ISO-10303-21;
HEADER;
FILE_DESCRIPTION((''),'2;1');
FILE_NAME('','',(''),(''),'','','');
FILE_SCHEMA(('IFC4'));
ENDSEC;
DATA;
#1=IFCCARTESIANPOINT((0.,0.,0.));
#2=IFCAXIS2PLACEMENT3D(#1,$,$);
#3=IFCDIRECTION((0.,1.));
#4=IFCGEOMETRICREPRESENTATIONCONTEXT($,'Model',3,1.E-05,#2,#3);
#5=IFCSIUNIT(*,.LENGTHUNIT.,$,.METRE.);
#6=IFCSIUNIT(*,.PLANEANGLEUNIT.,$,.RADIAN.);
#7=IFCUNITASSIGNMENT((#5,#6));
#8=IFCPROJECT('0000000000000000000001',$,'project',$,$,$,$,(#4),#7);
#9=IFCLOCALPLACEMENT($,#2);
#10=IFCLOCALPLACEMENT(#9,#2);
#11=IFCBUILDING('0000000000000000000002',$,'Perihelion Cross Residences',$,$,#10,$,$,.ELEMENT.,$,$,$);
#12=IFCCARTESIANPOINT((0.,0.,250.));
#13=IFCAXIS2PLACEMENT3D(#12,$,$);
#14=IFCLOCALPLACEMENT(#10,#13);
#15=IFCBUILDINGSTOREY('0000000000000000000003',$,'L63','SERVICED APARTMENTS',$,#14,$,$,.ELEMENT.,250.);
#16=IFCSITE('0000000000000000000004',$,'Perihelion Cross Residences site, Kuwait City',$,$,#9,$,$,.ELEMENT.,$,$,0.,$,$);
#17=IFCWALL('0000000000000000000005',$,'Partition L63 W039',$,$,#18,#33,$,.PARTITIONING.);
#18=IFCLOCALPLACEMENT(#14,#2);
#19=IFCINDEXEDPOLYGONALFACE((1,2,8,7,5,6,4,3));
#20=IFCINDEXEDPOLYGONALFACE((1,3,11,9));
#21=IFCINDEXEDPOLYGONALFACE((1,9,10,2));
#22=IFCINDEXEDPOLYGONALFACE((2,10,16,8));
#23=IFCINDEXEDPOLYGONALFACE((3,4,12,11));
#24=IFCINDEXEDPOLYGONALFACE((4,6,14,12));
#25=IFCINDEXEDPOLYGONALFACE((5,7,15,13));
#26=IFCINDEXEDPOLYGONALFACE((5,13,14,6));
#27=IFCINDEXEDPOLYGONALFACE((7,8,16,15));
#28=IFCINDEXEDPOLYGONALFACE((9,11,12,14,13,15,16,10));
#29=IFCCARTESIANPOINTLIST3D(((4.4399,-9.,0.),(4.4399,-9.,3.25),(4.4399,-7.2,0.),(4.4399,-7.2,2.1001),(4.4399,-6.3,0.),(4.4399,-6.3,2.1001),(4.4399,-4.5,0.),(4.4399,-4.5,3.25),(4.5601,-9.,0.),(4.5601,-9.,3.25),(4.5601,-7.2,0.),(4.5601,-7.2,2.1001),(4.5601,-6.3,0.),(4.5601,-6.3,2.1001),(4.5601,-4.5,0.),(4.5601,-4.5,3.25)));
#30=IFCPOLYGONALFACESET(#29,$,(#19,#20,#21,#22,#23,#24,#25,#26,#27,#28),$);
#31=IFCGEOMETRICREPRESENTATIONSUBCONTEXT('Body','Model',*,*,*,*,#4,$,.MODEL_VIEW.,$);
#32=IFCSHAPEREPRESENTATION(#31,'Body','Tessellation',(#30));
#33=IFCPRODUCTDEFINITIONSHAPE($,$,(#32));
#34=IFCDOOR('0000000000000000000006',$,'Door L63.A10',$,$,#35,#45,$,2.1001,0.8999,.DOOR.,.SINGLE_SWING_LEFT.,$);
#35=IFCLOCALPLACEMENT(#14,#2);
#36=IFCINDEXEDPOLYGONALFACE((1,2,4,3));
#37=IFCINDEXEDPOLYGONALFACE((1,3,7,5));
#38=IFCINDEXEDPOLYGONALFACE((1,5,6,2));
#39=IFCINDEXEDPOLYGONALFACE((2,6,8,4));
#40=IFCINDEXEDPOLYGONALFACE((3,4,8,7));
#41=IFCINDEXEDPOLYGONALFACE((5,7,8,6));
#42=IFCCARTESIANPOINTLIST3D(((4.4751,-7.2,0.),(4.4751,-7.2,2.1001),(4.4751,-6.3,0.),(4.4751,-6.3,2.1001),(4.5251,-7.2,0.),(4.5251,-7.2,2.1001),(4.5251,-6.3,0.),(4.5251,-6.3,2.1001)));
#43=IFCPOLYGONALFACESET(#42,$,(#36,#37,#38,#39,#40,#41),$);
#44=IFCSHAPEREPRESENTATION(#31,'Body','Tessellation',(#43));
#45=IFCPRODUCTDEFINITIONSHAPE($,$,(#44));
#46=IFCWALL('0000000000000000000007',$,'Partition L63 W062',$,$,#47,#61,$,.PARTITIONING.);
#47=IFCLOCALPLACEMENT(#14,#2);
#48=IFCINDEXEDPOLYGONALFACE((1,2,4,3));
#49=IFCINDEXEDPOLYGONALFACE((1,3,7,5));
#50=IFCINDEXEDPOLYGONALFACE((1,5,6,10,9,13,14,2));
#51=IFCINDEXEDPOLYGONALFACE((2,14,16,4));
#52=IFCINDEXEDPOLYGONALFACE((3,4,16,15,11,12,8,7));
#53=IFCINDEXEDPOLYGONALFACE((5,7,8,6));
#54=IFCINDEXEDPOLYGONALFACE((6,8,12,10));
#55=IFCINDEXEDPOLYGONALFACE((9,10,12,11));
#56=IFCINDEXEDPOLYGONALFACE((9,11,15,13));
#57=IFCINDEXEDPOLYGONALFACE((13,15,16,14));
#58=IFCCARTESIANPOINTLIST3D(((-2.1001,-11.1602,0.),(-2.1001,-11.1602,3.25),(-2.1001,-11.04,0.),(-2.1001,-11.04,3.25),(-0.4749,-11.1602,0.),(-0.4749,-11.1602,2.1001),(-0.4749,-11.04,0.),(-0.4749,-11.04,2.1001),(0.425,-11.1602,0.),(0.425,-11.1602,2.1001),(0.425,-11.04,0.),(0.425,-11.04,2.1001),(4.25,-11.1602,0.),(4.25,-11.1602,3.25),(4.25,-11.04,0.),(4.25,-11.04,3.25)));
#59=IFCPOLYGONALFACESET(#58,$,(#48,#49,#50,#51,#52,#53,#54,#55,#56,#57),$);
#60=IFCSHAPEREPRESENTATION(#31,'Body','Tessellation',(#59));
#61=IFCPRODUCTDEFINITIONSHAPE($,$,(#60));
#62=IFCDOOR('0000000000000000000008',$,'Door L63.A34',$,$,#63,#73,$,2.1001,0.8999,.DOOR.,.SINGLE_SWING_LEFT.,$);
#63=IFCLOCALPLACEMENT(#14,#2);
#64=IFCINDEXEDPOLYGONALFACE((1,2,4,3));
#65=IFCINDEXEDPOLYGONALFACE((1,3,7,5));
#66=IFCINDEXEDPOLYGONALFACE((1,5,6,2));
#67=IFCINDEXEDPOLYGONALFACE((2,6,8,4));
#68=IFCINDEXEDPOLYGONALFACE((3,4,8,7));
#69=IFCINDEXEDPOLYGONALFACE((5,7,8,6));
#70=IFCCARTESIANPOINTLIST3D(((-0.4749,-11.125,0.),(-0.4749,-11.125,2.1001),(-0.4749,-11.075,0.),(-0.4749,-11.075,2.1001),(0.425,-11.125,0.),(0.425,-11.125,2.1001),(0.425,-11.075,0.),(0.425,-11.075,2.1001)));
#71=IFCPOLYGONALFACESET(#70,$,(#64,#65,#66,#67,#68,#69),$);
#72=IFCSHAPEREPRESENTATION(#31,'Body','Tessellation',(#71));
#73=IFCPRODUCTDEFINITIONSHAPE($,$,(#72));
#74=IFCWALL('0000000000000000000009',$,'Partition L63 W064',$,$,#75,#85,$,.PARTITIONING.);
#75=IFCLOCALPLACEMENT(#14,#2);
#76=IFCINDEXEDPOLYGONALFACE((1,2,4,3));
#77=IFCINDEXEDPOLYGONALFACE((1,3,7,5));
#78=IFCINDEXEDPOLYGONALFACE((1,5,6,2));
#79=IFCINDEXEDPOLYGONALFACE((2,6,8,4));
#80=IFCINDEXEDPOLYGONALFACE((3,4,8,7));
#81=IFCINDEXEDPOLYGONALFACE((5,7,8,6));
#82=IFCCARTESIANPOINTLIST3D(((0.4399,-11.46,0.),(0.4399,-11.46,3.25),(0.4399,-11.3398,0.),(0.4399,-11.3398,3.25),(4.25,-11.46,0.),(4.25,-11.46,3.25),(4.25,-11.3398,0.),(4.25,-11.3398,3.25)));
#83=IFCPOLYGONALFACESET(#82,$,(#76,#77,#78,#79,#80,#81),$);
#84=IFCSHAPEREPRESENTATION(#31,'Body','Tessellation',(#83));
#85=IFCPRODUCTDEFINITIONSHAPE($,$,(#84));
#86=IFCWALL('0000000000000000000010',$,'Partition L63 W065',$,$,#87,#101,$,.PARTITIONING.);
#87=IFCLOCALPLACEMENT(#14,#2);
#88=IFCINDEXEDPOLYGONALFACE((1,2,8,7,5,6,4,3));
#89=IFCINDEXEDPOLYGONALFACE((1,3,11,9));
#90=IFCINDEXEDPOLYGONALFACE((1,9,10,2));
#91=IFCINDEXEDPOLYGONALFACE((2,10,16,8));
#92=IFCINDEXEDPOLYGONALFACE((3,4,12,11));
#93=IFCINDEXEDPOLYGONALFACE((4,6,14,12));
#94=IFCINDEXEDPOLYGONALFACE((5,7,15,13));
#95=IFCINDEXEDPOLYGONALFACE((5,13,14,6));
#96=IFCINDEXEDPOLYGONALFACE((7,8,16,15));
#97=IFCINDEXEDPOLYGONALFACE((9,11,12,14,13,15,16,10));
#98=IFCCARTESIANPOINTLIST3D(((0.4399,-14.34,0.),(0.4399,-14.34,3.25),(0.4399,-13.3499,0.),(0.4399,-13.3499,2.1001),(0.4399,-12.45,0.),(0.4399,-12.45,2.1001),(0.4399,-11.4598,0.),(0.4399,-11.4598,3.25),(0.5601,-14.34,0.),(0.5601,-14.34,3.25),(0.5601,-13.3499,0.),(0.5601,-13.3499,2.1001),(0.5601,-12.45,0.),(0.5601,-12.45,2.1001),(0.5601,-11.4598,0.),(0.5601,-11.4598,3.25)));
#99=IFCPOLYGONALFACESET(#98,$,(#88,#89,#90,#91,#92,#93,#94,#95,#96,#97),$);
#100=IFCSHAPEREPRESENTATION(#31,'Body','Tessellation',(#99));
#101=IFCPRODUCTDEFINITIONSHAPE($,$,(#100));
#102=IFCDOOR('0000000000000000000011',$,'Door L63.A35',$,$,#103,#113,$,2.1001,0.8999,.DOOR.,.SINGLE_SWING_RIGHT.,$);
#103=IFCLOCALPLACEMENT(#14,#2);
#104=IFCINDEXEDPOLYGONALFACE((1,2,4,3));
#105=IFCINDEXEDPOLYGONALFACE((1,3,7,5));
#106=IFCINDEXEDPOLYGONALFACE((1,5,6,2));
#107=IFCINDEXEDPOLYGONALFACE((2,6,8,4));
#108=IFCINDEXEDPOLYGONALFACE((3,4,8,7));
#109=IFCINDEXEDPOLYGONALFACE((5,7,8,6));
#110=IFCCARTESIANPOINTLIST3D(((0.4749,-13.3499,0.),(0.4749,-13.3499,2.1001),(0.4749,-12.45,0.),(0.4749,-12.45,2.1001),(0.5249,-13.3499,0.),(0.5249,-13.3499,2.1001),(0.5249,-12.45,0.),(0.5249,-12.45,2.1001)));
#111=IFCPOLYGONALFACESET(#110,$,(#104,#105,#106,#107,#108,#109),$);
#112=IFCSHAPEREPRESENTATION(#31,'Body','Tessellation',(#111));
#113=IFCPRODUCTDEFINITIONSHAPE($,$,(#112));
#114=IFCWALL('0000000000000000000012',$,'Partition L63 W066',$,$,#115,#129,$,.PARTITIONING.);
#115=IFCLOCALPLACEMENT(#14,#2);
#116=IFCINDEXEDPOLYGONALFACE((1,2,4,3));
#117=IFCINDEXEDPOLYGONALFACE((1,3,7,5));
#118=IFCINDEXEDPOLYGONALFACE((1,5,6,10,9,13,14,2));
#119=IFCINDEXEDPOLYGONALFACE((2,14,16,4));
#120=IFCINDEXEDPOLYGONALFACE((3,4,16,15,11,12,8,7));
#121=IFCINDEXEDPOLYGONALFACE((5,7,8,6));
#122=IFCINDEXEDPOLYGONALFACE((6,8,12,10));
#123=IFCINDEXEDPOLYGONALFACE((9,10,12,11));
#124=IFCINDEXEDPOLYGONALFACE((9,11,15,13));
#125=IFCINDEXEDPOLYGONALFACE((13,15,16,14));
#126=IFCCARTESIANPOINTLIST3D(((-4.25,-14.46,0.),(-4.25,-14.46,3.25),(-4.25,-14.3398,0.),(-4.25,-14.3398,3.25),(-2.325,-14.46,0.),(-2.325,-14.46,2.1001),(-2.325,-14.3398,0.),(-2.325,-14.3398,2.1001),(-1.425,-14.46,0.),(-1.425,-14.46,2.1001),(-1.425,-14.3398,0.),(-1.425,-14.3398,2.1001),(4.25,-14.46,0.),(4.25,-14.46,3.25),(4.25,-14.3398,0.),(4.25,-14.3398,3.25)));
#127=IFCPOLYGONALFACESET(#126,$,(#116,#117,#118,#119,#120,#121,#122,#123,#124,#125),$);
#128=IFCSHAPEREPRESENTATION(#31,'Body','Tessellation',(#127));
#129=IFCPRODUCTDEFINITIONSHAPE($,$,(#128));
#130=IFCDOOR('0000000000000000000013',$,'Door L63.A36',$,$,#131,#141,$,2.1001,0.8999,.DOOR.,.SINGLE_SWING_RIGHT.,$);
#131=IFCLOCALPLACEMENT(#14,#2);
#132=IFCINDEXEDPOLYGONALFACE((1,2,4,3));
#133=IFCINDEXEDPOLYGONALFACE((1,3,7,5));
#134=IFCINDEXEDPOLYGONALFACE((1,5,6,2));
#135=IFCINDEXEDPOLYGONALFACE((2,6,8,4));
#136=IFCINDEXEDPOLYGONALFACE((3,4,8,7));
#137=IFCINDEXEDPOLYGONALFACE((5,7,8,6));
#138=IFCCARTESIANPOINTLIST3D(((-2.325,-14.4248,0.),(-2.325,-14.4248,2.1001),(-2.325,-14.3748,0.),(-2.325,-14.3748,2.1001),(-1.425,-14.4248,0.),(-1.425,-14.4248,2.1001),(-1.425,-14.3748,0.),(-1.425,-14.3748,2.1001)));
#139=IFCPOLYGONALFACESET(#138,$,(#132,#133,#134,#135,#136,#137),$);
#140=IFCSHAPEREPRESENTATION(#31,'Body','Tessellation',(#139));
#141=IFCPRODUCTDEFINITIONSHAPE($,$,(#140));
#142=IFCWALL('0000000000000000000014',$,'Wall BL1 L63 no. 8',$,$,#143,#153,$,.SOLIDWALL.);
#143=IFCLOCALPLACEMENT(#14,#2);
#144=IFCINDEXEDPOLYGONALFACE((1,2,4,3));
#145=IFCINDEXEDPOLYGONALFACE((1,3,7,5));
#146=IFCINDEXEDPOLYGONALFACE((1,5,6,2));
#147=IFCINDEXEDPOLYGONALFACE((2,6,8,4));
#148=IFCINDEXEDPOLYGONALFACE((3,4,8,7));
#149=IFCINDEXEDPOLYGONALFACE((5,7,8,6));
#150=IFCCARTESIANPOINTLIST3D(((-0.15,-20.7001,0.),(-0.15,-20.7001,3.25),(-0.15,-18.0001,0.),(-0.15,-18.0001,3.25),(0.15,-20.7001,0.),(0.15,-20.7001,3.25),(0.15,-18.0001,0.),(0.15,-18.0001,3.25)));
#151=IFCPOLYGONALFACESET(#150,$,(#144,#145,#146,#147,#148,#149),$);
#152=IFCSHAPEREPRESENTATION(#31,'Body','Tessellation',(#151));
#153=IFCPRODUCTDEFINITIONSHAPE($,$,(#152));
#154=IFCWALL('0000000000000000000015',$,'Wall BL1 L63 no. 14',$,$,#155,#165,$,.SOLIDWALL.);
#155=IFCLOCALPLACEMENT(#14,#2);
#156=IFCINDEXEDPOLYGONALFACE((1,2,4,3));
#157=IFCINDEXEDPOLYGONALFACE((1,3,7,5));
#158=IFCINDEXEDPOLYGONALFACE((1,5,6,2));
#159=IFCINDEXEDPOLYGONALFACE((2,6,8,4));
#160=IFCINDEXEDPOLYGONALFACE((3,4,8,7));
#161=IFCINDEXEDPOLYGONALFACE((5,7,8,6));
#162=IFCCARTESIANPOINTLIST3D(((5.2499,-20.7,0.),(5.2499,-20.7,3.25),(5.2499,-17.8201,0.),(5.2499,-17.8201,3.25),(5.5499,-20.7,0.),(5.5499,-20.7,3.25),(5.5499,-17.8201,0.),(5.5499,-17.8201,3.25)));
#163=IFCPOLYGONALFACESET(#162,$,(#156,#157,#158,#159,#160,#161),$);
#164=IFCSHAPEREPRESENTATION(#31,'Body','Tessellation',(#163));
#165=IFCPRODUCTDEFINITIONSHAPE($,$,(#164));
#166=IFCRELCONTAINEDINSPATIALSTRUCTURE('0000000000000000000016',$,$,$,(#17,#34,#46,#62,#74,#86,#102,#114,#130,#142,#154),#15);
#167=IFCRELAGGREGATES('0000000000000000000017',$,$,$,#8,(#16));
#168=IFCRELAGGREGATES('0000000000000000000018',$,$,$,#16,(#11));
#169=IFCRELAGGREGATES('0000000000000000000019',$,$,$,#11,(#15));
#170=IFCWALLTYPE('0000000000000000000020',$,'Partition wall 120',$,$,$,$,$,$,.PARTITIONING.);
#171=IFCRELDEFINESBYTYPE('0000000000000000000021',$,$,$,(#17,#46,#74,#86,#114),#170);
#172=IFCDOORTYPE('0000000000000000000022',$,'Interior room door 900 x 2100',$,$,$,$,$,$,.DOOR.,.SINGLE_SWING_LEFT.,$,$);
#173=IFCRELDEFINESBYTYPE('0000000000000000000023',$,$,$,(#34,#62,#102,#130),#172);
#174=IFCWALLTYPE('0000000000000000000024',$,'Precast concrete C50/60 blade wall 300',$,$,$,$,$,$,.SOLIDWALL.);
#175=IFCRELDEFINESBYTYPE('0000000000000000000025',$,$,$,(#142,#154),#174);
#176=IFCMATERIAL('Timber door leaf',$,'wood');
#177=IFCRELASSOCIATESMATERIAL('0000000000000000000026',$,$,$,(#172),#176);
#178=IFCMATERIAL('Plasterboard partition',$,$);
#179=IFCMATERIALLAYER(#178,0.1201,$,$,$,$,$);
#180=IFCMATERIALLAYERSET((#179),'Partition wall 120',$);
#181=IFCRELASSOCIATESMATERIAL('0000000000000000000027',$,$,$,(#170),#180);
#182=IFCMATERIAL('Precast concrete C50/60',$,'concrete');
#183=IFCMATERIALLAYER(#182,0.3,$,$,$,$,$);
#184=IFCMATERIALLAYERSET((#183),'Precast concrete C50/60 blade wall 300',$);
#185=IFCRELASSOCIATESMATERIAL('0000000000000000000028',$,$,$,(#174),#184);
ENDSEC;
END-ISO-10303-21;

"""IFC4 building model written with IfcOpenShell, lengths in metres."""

from ifc_helpers import new_model, si_unit, direction, frame, frame_2d, origin, place, context, subcontext, project, spatial, rectangle, extrude, material, layer, layer_set, type_object, element, fill, save


model = new_model("IFC4")

# Units and contexts
model_context = context("Model", 3, precision=1e-05, world=origin(), true_north=direction((0.0, 1.0)))
body_context = subcontext(model_context, "Body", "Model", "MODEL_VIEW")
ifc_project = project(units=[si_unit("LENGTHUNIT", "METRE"), si_unit("PLANEANGLEUNIT", "RADIAN")], contexts=[model_context])

# Site, building, storey
site_placement = place(None, origin())
site = spatial("IfcSite", under=ifc_project, at=site_placement, Name="Perihelion Cross Residences site, Kuwait City", CompositionType="ELEMENT", RefElevation=0.0)
building_placement = place(site_placement, origin())
building = spatial("IfcBuilding", under=site, at=building_placement, Name="Perihelion Cross Residences", CompositionType="ELEMENT")
storey_placement = place(building_placement, frame((0.0, 0.0, 250.0)))
storey = spatial("IfcBuildingStorey", under=building, at=storey_placement, Name="L63", Description="SERVICED APARTMENTS", CompositionType="ELEMENT", Elevation=250.0)

# Walls, openings, doors
ifc_material_1 = material(Name="Timber door leaf", Category="wood")
door_type_1 = type_object("IfcDoorType", Name="Interior room door 900 x 2100", OperationType="SINGLE_SWING_LEFT", PredefinedType="DOOR", material=ifc_material_1)
ifc_material_2 = material(Name="Plasterboard partition")
ifc_layer_1 = layer(ifc_material_2, 0.1201)
ifc_layer_set_1 = layer_set([ifc_layer_1], Name="Partition wall 120")
wall_type_1 = type_object("IfcWallType", Name="Partition wall 120", PredefinedType="PARTITIONING", material=ifc_layer_set_1)
wall_1_placement = place(storey_placement, frame((4.5, -9.0, 0.0), z_axis=(0.0, 0.0, 1.0), x_axis=(0.0, 1.0, 0.0)))
wall_1 = element("IfcWall", 1, at=wall_1_placement, inside=storey, type_object=wall_type_1, Name="Partition L63 W039", PredefinedType="PARTITIONING", context=body_context, shape_type="SweptSolid", body=[
    extrude(rectangle(XDim=4.5, YDim=0.1201, at=frame_2d((2.25, 0.0))), origin(), (0.0, 0.0, 1.0), 3.25),
])
opening_1_placement = place(wall_1_placement, frame((1.8, 0.0, 0.0)))
opening_1 = element("IfcOpeningElement", 2, at=opening_1_placement, cuts=wall_1, PredefinedType="OPENING", context=body_context, shape_type="SweptSolid", body=[
    extrude(rectangle(XDim=0.8999, YDim=2.1001, at=frame_2d((0.45, 1.05))), frame((0.0, 0.0701, 0.0), z_axis=(0.0, -1.0, 0.0), x_axis=(1.0, 0.0, 0.0)), (0.0, 0.0, 1.0), 0.1401),
])
door_1_placement = place(opening_1_placement, origin())
door_1 = element("IfcDoor", 3, at=door_1_placement, inside=storey, type_object=door_type_1, Name="Door L63.A10", OperationType="SINGLE_SWING_LEFT", OverallHeight=2.1001, OverallWidth=0.8999, PredefinedType="DOOR", context=body_context, shape_type="SweptSolid", body=[
    extrude(rectangle(XDim=0.8999, YDim=2.1001, at=frame_2d((0.45, 1.05))), frame((0.0, 0.0249, 0.0), z_axis=(0.0, -1.0, 0.0), x_axis=(1.0, 0.0, 0.0)), (0.0, 0.0, 1.0), 0.05),
])
fill(opening_1, door_1)
wall_2_placement = place(storey_placement, frame((4.25, -11.1001, 0.0), z_axis=(0.0, 0.0, 1.0), x_axis=(-1.0, 0.0, 0.0)))
wall_2 = element("IfcWall", 4, at=wall_2_placement, inside=storey, type_object=wall_type_1, Name="Partition L63 W062", PredefinedType="PARTITIONING", context=body_context, shape_type="SweptSolid", body=[
    extrude(rectangle(XDim=6.3501, YDim=0.1201, at=frame_2d((3.175, 0.0))), origin(), (0.0, 0.0, 1.0), 3.25),
])
opening_2_placement = place(wall_2_placement, frame((3.825, 0.0, 0.0)))
opening_2 = element("IfcOpeningElement", 5, at=opening_2_placement, cuts=wall_2, PredefinedType="OPENING", context=body_context, shape_type="SweptSolid", body=[
    extrude(rectangle(XDim=0.8999, YDim=2.1001, at=frame_2d((0.45, 1.05))), frame((0.0, 0.0701, 0.0), z_axis=(0.0, -1.0, 0.0), x_axis=(1.0, 0.0, 0.0)), (0.0, 0.0, 1.0), 0.1401),
])
door_2_placement = place(opening_2_placement, origin())
door_2 = element("IfcDoor", 6, at=door_2_placement, inside=storey, type_object=door_type_1, Name="Door L63.A34", OperationType="SINGLE_SWING_LEFT", OverallHeight=2.1001, OverallWidth=0.8999, PredefinedType="DOOR", context=body_context, shape_type="SweptSolid", body=[
    extrude(rectangle(XDim=0.8999, YDim=2.1001, at=frame_2d((0.45, 1.05))), frame((0.0, 0.0249, 0.0), z_axis=(0.0, -1.0, 0.0), x_axis=(1.0, 0.0, 0.0)), (0.0, 0.0, 1.0), 0.05),
])
fill(opening_2, door_2)

# Wall
wall_3_placement = place(storey_placement, frame((4.25, -11.3999, 0.0), z_axis=(0.0, 0.0, 1.0), x_axis=(-1.0, 0.0, 0.0)))
element("IfcWall", 7, at=wall_3_placement, inside=storey, type_object=wall_type_1, Name="Partition L63 W064", PredefinedType="PARTITIONING", context=body_context, shape_type="SweptSolid", body=[
    extrude(rectangle(XDim=3.8101, YDim=0.1201, at=frame_2d((1.905, 0.0))), origin(), (0.0, 0.0, 1.0), 3.25),
])

# Walls, openings, doors
wall_4_placement = place(storey_placement, frame((0.5, -11.46, 0.0), z_axis=(0.0, 0.0, 1.0), x_axis=(0.0, -1.0, 0.0)))
wall_4 = element("IfcWall", 8, at=wall_4_placement, inside=storey, type_object=wall_type_1, Name="Partition L63 W065", PredefinedType="PARTITIONING", context=body_context, shape_type="SweptSolid", body=[
    extrude(rectangle(XDim=2.8801, YDim=0.1201, at=frame_2d((1.4399, 0.0))), origin(), (0.0, 0.0, 1.0), 3.25),
])
opening_3_placement = place(wall_4_placement, frame((0.99, 0.0, 0.0)))
opening_3 = element("IfcOpeningElement", 9, at=opening_3_placement, cuts=wall_4, PredefinedType="OPENING", context=body_context, shape_type="SweptSolid", body=[
    extrude(rectangle(XDim=0.8999, YDim=2.1001, at=frame_2d((0.45, 1.05))), frame((0.0, 0.0701, 0.0), z_axis=(0.0, -1.0, 0.0), x_axis=(1.0, 0.0, 0.0)), (0.0, 0.0, 1.0), 0.1401),
])
door_3_placement = place(opening_3_placement, origin())
door_3 = element("IfcDoor", 10, at=door_3_placement, inside=storey, type_object=door_type_1, Name="Door L63.A35", OperationType="SINGLE_SWING_RIGHT", OverallHeight=2.1001, OverallWidth=0.8999, PredefinedType="DOOR", context=body_context, shape_type="SweptSolid", body=[
    extrude(rectangle(XDim=0.8999, YDim=2.1001, at=frame_2d((0.45, 1.05))), frame((0.0, 0.0249, 0.0), z_axis=(0.0, -1.0, 0.0), x_axis=(1.0, 0.0, 0.0)), (0.0, 0.0, 1.0), 0.05),
])
fill(opening_3, door_3)
wall_5_placement = place(storey_placement, frame((4.25, -14.3999, 0.0), z_axis=(0.0, 0.0, 1.0), x_axis=(-1.0, 0.0, 0.0)))
wall_5 = element("IfcWall", 11, at=wall_5_placement, inside=storey, type_object=wall_type_1, Name="Partition L63 W066", PredefinedType="PARTITIONING", context=body_context, shape_type="SweptSolid", body=[
    extrude(rectangle(XDim=8.5, YDim=0.1201, at=frame_2d((4.25, 0.0))), origin(), (0.0, 0.0, 1.0), 3.25),
])
opening_4_placement = place(wall_5_placement, frame((5.675, 0.0, 0.0)))
opening_4 = element("IfcOpeningElement", 12, at=opening_4_placement, cuts=wall_5, PredefinedType="OPENING", context=body_context, shape_type="SweptSolid", body=[
    extrude(rectangle(XDim=0.8999, YDim=2.1001, at=frame_2d((0.45, 1.05))), frame((0.0, 0.0701, 0.0), z_axis=(0.0, -1.0, 0.0), x_axis=(1.0, 0.0, 0.0)), (0.0, 0.0, 1.0), 0.1401),
])
door_4_placement = place(opening_4_placement, origin())
door_4 = element("IfcDoor", 13, at=door_4_placement, inside=storey, type_object=door_type_1, Name="Door L63.A36", OperationType="SINGLE_SWING_RIGHT", OverallHeight=2.1001, OverallWidth=0.8999, PredefinedType="DOOR", context=body_context, shape_type="SweptSolid", body=[
    extrude(rectangle(XDim=0.8999, YDim=2.1001, at=frame_2d((0.45, 1.05))), frame((0.0, 0.0249, 0.0), z_axis=(0.0, -1.0, 0.0), x_axis=(1.0, 0.0, 0.0)), (0.0, 0.0, 1.0), 0.05),
])
fill(opening_4, door_4)

# Walls
ifc_material_3 = material(Name="Precast concrete C50/60", Category="concrete")
ifc_layer_2 = layer(ifc_material_3, 0.3)
ifc_layer_set_2 = layer_set([ifc_layer_2], Name="Precast concrete C50/60 blade wall 300")
wall_type_2 = type_object("IfcWallType", Name="Precast concrete C50/60 blade wall 300", PredefinedType="SOLIDWALL", material=ifc_layer_set_2)
wall_6_placement = place(storey_placement, frame((0.0, -18.0, 0.0), z_axis=(0.0, 0.0, 1.0), x_axis=(0.0, -1.0, 0.0)))
element("IfcWall", 14, at=wall_6_placement, inside=storey, type_object=wall_type_2, Name="Wall BL1 L63 no. 8", PredefinedType="SOLIDWALL", context=body_context, shape_type="SweptSolid", body=[
    extrude(rectangle(XDim=2.7, YDim=0.3, at=frame_2d((1.3501, 0.0))), origin(), (0.0, 0.0, 1.0), 3.25),
])
wall_7_placement = place(storey_placement, frame((5.3999, -17.8201, 0.0), z_axis=(0.0, 0.0, 1.0), x_axis=(0.0, -1.0, 0.0)))
element("IfcWall", 15, at=wall_7_placement, inside=storey, type_object=wall_type_2, Name="Wall BL1 L63 no. 14", PredefinedType="SOLIDWALL", context=body_context, shape_type="SweptSolid", body=[
    extrude(rectangle(XDim=2.8799, YDim=0.3, at=frame_2d((1.4399, 0.0))), origin(), (0.0, 0.0, 1.0), 3.25),
])

save(model, "model.ifc")
